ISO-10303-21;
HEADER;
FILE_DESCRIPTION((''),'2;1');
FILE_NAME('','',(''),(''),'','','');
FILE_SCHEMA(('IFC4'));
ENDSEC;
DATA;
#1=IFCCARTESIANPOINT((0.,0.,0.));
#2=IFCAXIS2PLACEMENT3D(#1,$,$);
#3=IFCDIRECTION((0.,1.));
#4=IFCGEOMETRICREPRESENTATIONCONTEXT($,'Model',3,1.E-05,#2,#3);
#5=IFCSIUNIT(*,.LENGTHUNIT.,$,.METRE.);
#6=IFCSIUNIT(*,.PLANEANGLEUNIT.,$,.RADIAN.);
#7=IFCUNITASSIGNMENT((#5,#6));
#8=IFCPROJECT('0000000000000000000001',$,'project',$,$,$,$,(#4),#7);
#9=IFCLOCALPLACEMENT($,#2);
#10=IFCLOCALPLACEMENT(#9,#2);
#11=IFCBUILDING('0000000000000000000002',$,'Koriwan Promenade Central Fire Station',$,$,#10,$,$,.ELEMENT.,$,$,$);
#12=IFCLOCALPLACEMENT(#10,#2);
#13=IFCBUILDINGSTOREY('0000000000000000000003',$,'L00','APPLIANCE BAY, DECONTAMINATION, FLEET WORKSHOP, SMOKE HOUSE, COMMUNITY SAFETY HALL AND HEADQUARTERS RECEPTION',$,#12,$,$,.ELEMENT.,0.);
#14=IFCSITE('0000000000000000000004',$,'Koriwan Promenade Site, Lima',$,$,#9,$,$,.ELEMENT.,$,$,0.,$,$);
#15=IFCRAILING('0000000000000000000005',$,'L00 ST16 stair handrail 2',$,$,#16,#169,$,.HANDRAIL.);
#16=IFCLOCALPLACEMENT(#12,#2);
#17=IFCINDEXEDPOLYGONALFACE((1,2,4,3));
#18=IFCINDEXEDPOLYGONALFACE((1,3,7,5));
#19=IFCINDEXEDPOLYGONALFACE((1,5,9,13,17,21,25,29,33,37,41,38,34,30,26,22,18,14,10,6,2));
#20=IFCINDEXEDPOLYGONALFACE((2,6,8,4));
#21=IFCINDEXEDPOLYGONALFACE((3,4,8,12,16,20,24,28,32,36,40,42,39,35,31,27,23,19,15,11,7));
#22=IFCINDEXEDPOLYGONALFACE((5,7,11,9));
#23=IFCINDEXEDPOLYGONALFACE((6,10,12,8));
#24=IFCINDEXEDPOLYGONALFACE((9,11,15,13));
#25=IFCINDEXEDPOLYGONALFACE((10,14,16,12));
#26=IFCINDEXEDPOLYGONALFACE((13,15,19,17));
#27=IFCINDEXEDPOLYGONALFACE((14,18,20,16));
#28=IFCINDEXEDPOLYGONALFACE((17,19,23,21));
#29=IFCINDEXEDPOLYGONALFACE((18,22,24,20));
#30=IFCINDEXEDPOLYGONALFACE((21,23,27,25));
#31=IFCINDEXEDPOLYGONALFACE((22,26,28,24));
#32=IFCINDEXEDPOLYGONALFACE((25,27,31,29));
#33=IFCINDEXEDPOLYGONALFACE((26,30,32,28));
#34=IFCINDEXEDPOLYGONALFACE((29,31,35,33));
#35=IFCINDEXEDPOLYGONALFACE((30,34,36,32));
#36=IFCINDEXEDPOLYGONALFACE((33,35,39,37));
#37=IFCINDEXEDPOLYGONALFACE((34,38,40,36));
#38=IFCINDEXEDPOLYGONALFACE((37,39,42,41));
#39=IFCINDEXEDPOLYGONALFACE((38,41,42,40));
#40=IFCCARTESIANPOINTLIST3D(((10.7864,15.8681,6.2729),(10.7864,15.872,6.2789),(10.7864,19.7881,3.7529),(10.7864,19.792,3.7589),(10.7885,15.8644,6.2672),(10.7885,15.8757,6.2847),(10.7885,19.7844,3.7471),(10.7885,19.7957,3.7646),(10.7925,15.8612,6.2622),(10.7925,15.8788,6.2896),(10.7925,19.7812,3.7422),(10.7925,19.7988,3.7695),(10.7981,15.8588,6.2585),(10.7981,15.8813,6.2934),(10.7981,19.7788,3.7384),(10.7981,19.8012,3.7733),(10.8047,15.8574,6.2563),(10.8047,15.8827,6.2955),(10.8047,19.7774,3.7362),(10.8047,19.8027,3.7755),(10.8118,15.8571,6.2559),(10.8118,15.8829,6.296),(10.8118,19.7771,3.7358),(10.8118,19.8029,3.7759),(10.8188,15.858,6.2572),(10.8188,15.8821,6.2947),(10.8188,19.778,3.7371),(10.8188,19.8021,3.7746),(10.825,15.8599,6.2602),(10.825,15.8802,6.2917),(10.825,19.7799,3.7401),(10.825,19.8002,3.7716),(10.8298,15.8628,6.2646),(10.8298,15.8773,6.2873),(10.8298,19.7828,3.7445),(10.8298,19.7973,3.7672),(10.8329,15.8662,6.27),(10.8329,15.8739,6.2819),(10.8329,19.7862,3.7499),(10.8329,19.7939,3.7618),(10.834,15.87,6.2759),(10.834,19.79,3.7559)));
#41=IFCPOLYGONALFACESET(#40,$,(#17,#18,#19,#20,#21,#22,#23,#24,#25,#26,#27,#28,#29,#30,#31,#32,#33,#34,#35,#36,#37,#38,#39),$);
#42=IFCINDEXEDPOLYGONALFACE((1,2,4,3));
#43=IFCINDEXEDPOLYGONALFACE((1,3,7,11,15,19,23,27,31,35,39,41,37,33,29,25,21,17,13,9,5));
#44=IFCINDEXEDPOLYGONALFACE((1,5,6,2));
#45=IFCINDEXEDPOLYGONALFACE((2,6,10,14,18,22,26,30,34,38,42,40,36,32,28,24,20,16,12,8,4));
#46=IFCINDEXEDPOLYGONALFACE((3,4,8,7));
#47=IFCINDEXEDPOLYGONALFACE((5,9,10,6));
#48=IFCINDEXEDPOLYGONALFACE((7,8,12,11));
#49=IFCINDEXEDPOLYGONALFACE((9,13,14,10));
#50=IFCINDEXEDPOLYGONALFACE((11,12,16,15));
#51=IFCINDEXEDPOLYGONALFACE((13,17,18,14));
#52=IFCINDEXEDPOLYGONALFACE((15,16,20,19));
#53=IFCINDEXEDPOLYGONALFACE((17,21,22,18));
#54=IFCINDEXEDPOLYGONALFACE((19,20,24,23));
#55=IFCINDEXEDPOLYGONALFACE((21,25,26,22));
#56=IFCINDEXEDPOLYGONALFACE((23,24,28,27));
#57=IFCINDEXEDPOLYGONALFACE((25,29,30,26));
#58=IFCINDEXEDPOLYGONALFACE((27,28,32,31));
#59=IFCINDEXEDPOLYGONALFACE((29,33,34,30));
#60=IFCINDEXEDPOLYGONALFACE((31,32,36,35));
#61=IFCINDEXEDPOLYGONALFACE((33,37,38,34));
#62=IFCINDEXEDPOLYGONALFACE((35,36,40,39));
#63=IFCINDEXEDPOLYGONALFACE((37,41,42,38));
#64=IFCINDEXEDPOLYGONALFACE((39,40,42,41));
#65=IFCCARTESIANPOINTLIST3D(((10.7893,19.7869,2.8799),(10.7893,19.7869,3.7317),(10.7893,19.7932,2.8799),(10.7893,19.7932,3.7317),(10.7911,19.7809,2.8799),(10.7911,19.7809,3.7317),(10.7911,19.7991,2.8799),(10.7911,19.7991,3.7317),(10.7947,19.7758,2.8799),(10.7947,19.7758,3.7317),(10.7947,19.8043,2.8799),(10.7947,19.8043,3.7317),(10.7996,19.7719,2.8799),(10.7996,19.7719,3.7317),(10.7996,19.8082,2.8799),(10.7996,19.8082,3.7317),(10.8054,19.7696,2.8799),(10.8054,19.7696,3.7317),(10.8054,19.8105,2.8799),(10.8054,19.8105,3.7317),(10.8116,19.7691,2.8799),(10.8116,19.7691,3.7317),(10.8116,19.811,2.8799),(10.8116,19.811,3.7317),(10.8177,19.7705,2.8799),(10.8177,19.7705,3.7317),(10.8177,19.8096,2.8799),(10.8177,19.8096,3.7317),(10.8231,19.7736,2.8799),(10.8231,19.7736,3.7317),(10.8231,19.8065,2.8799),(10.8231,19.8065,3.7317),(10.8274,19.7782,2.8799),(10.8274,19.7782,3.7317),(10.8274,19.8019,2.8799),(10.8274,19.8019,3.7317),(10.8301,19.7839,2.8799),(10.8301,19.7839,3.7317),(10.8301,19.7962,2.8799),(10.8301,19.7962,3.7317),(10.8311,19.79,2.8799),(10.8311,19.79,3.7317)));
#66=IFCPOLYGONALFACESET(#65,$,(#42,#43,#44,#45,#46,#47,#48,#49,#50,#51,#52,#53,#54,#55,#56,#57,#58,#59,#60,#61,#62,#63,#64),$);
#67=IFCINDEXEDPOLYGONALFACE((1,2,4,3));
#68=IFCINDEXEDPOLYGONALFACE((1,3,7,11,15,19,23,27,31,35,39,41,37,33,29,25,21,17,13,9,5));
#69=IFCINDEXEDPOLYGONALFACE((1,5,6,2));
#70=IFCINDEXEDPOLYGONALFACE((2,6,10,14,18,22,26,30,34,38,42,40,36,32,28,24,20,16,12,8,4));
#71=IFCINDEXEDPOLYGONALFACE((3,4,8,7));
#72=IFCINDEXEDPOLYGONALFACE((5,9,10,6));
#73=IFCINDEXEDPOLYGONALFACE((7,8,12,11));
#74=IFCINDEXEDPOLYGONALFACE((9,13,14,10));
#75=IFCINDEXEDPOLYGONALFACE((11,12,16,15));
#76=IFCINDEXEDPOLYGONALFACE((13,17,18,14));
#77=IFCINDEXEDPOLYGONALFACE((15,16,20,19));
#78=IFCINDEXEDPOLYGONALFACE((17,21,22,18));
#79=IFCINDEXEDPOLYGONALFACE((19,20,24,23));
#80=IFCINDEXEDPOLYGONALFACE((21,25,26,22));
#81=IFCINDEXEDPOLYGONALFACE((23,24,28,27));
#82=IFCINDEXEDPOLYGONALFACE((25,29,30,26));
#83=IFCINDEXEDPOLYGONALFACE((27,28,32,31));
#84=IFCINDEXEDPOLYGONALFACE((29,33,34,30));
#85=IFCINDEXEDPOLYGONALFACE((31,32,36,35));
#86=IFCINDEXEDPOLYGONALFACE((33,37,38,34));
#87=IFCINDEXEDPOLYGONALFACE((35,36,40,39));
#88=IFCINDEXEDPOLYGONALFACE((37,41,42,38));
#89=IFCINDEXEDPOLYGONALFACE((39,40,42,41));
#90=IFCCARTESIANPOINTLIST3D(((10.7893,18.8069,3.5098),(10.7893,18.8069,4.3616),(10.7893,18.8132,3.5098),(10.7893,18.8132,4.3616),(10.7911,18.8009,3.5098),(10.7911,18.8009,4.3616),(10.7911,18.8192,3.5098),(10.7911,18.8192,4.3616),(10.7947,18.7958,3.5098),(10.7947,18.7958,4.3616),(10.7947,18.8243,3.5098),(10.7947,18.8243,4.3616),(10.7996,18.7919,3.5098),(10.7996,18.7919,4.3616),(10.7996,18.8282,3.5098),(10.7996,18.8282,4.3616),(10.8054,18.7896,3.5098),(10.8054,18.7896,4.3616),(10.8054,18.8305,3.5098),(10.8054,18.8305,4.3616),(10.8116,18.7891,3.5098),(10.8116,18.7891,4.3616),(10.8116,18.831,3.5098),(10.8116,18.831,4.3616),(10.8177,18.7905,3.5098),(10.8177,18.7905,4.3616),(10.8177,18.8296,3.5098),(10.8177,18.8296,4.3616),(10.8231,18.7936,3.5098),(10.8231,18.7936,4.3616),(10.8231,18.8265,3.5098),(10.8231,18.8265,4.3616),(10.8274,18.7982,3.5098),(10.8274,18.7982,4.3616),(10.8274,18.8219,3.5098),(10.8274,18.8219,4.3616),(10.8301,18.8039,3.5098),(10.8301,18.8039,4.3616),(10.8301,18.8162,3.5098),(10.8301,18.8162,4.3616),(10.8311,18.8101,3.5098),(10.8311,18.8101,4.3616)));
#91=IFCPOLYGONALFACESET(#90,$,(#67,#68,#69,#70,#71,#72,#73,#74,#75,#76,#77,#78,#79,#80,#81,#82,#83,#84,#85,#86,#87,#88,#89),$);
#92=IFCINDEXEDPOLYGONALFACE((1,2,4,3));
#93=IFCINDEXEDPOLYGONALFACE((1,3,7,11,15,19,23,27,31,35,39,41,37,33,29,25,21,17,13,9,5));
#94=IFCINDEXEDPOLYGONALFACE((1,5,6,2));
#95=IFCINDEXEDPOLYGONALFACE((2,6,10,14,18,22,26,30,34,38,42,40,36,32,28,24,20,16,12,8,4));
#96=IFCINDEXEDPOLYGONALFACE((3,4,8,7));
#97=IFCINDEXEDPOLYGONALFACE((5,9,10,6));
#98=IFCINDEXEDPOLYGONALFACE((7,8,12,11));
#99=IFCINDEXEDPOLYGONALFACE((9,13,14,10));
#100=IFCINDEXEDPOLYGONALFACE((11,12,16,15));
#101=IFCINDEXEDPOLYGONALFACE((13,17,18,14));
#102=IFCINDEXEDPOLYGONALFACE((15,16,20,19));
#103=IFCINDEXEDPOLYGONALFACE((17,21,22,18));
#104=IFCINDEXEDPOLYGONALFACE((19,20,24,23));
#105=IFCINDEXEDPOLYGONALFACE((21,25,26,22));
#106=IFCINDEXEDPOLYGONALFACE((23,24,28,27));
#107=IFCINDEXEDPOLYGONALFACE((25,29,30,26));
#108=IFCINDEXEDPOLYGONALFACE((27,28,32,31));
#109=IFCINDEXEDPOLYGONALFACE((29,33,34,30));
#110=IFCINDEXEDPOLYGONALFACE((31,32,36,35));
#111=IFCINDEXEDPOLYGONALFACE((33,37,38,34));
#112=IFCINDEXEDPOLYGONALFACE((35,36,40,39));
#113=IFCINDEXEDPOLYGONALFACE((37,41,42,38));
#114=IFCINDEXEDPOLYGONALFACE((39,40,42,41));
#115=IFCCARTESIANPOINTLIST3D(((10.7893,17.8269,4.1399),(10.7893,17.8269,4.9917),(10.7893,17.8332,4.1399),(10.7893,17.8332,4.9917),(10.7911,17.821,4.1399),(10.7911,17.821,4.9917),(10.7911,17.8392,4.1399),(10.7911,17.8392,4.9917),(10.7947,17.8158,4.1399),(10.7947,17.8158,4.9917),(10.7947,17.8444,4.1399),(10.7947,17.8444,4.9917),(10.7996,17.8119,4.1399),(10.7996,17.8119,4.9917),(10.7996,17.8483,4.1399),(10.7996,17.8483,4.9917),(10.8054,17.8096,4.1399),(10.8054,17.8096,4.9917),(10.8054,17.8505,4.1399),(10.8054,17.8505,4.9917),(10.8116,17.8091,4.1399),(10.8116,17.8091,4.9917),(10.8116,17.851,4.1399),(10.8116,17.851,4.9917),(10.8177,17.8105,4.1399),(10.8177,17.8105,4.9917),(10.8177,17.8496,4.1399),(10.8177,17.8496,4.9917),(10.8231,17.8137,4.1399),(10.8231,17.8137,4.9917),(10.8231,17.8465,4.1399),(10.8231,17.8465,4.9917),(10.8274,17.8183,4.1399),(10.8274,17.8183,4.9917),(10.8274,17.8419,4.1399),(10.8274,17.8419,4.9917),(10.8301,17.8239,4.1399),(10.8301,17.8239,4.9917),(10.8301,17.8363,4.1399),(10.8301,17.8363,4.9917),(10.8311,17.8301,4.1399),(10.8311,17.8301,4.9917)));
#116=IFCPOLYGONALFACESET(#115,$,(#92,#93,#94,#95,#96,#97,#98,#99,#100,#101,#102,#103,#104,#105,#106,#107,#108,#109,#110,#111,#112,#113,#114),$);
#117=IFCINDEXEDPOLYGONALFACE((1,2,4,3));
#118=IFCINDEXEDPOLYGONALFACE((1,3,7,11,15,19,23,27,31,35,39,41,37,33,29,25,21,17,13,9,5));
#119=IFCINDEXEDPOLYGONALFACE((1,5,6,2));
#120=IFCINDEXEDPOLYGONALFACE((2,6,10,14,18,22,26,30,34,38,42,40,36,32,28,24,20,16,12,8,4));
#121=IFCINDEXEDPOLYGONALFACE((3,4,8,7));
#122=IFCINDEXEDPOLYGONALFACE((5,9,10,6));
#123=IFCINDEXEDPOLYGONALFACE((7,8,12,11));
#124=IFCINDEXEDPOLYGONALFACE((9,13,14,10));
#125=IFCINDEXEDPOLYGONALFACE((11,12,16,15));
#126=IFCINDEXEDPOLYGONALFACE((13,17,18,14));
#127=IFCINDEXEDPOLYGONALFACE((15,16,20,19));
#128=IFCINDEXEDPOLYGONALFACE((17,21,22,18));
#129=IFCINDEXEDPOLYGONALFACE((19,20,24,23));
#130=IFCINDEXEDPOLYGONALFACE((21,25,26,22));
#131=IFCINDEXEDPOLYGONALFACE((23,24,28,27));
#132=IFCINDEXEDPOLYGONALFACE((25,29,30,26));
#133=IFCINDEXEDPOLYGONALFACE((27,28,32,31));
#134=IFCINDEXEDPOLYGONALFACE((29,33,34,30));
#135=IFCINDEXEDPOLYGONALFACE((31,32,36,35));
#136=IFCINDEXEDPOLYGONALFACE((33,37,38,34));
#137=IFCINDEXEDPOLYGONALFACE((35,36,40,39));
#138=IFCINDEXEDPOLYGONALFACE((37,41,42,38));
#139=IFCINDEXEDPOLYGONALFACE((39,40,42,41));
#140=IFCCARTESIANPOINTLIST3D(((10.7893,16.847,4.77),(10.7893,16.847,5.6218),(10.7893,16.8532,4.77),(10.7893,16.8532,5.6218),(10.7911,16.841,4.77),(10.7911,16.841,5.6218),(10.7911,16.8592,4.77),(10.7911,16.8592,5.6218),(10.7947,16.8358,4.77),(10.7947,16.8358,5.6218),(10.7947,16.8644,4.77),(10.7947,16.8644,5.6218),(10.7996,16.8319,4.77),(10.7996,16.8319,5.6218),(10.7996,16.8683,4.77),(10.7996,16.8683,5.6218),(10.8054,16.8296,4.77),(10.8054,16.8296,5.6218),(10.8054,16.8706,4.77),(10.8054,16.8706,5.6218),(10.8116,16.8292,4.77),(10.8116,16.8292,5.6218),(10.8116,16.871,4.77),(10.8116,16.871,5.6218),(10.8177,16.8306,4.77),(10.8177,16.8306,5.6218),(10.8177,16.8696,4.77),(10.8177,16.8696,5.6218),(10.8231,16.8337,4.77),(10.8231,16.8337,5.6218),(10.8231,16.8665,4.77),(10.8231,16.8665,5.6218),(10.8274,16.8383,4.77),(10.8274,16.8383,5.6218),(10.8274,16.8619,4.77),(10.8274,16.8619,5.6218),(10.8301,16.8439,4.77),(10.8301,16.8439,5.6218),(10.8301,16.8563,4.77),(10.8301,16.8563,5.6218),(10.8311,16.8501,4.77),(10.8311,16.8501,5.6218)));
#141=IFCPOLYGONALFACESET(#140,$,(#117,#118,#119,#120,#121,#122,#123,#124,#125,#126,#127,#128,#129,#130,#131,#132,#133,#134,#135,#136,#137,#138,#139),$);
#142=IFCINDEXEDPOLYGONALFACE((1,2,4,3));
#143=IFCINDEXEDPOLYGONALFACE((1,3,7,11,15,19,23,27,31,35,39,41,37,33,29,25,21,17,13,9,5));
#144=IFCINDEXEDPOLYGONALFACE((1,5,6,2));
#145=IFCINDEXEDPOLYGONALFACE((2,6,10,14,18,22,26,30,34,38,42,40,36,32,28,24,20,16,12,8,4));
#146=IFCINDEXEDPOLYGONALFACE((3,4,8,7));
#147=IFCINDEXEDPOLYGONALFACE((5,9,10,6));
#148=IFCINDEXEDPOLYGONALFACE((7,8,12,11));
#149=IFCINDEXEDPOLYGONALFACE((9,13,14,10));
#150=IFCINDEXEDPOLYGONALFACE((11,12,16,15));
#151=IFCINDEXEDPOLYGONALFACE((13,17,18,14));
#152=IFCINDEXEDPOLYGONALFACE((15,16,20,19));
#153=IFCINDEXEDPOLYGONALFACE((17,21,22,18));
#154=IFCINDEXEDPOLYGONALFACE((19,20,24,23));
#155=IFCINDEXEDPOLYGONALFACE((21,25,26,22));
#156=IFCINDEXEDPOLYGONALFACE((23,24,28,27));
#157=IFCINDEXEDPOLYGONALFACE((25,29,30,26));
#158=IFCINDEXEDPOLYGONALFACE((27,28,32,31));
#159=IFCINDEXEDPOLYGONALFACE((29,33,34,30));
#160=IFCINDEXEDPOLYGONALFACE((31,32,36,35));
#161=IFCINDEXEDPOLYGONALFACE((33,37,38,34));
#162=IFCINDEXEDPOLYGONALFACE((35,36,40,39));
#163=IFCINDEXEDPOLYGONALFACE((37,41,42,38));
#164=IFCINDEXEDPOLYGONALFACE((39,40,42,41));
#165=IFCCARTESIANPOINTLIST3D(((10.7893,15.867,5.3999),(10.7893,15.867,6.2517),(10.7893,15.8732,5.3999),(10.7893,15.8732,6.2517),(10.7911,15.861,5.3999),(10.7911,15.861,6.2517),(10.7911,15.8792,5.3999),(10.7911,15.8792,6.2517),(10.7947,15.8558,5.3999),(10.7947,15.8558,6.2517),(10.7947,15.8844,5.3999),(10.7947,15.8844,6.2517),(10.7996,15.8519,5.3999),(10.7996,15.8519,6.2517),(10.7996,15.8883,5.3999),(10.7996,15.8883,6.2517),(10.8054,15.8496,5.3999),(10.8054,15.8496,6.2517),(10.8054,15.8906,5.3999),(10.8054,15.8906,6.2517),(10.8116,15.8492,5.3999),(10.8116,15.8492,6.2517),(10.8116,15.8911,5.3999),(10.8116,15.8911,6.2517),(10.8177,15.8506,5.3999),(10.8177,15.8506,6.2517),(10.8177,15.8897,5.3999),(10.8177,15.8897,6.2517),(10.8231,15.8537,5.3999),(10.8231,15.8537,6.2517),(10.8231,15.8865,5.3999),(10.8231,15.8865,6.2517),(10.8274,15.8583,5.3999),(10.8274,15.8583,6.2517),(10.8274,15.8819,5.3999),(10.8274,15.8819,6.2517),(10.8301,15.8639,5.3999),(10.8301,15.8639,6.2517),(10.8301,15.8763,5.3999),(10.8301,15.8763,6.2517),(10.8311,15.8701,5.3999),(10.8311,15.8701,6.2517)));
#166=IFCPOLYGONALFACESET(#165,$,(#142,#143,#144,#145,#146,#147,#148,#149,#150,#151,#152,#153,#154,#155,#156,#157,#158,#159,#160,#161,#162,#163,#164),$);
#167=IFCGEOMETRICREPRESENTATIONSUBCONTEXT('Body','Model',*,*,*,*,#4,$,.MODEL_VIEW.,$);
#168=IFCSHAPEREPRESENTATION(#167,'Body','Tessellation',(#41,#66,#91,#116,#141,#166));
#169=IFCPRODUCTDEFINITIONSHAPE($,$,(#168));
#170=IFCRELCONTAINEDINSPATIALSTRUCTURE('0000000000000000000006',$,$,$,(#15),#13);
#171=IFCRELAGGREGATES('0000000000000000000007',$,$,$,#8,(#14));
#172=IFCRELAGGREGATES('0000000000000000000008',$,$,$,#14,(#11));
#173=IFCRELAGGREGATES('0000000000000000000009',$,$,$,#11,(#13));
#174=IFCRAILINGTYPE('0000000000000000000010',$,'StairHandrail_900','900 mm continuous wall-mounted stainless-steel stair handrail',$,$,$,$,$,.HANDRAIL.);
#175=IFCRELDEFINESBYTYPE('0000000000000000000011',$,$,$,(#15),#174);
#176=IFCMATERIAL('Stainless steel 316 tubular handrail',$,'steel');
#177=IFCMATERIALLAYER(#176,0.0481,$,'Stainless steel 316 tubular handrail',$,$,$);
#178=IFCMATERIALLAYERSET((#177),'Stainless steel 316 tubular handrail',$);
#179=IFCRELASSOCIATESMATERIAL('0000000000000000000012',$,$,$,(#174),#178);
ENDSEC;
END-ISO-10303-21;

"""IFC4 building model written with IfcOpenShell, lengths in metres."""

from ifc_helpers import new_model, si_unit, direction, frame, origin, origin_2d, place, context, subcontext, project, spatial, circle, extrude, material, layer, layer_set, type_object, element, save


model = new_model("IFC4")

# Units and contexts
model_context = context("Model", 3, precision=1e-05, world=origin(), true_north=direction((0.0, 1.0)))
body_context = subcontext(model_context, "Body", "Model", "MODEL_VIEW")
ifc_project = project(units=[si_unit("LENGTHUNIT", "METRE"), si_unit("PLANEANGLEUNIT", "RADIAN")], contexts=[model_context])

# Site, building, storey
site_placement = place(None, origin())
site = spatial("IfcSite", under=ifc_project, at=site_placement, Name="Koriwan Promenade Site, Lima", CompositionType="ELEMENT", RefElevation=0.0)
building_placement = place(site_placement, origin())
building = spatial("IfcBuilding", under=site, at=building_placement, Name="Koriwan Promenade Central Fire Station", CompositionType="ELEMENT")
storey_placement = place(building_placement, origin())
storey = spatial("IfcBuildingStorey", under=building, at=storey_placement, Name="L00", Description="APPLIANCE BAY, DECONTAMINATION, FLEET WORKSHOP, SMOKE HOUSE, COMMUNITY SAFETY HALL AND HEADQUARTERS RECEPTION", CompositionType="ELEMENT", Elevation=0.0)

# Railing
ifc_material_1 = material(Name="Stainless steel 316 tubular handrail", Category="steel")
ifc_layer_1 = layer(ifc_material_1, 0.0481, Name="Stainless steel 316 tubular handrail")
ifc_layer_set_1 = layer_set([ifc_layer_1], Name="Stainless steel 316 tubular handrail")
railing_type_1 = type_object("IfcRailingType", Name="StairHandrail_900", Description="900 mm continuous wall-mounted stainless-steel stair handrail", PredefinedType="HANDRAIL", material=ifc_layer_set_1)
railing_1_placement = place(storey_placement, frame((10.8101, 19.79, 2.8799)))
element("IfcRailing", 1, at=railing_1_placement, inside=storey, type_object=railing_type_1, Name="L00 ST16 stair handrail 2", PredefinedType="HANDRAIL", context=body_context, shape_type="SweptSolid", body=[
    extrude(circle(Radius=0.0239, at=origin_2d()), frame((0.0, 0.0, 0.876), z_axis=(0.0, -0.841172, 0.540768), x_axis=(1.0, 0.0, 0.0)), (0.0, 0.0, 1.0), 4.6602),
    extrude(circle(Radius=0.021, at=origin_2d()), origin(), (0.0, 0.0, 1.0), 0.8518),
    extrude(circle(Radius=0.021, at=origin_2d()), frame((0.0, -0.98, 0.6299)), (0.0, 0.0, 1.0), 0.8518),
    extrude(circle(Radius=0.021, at=origin_2d()), frame((0.0, -1.96, 1.26)), (0.0, 0.0, 1.0), 0.8518),
    extrude(circle(Radius=0.021, at=origin_2d()), frame((0.0, -2.9399, 1.8901)), (0.0, 0.0, 1.0), 0.8518),
    extrude(circle(Radius=0.021, at=origin_2d()), frame((0.0, -3.9199, 2.52)), (0.0, 0.0, 1.0), 0.8518),
])

save(model, "model.ifc")
